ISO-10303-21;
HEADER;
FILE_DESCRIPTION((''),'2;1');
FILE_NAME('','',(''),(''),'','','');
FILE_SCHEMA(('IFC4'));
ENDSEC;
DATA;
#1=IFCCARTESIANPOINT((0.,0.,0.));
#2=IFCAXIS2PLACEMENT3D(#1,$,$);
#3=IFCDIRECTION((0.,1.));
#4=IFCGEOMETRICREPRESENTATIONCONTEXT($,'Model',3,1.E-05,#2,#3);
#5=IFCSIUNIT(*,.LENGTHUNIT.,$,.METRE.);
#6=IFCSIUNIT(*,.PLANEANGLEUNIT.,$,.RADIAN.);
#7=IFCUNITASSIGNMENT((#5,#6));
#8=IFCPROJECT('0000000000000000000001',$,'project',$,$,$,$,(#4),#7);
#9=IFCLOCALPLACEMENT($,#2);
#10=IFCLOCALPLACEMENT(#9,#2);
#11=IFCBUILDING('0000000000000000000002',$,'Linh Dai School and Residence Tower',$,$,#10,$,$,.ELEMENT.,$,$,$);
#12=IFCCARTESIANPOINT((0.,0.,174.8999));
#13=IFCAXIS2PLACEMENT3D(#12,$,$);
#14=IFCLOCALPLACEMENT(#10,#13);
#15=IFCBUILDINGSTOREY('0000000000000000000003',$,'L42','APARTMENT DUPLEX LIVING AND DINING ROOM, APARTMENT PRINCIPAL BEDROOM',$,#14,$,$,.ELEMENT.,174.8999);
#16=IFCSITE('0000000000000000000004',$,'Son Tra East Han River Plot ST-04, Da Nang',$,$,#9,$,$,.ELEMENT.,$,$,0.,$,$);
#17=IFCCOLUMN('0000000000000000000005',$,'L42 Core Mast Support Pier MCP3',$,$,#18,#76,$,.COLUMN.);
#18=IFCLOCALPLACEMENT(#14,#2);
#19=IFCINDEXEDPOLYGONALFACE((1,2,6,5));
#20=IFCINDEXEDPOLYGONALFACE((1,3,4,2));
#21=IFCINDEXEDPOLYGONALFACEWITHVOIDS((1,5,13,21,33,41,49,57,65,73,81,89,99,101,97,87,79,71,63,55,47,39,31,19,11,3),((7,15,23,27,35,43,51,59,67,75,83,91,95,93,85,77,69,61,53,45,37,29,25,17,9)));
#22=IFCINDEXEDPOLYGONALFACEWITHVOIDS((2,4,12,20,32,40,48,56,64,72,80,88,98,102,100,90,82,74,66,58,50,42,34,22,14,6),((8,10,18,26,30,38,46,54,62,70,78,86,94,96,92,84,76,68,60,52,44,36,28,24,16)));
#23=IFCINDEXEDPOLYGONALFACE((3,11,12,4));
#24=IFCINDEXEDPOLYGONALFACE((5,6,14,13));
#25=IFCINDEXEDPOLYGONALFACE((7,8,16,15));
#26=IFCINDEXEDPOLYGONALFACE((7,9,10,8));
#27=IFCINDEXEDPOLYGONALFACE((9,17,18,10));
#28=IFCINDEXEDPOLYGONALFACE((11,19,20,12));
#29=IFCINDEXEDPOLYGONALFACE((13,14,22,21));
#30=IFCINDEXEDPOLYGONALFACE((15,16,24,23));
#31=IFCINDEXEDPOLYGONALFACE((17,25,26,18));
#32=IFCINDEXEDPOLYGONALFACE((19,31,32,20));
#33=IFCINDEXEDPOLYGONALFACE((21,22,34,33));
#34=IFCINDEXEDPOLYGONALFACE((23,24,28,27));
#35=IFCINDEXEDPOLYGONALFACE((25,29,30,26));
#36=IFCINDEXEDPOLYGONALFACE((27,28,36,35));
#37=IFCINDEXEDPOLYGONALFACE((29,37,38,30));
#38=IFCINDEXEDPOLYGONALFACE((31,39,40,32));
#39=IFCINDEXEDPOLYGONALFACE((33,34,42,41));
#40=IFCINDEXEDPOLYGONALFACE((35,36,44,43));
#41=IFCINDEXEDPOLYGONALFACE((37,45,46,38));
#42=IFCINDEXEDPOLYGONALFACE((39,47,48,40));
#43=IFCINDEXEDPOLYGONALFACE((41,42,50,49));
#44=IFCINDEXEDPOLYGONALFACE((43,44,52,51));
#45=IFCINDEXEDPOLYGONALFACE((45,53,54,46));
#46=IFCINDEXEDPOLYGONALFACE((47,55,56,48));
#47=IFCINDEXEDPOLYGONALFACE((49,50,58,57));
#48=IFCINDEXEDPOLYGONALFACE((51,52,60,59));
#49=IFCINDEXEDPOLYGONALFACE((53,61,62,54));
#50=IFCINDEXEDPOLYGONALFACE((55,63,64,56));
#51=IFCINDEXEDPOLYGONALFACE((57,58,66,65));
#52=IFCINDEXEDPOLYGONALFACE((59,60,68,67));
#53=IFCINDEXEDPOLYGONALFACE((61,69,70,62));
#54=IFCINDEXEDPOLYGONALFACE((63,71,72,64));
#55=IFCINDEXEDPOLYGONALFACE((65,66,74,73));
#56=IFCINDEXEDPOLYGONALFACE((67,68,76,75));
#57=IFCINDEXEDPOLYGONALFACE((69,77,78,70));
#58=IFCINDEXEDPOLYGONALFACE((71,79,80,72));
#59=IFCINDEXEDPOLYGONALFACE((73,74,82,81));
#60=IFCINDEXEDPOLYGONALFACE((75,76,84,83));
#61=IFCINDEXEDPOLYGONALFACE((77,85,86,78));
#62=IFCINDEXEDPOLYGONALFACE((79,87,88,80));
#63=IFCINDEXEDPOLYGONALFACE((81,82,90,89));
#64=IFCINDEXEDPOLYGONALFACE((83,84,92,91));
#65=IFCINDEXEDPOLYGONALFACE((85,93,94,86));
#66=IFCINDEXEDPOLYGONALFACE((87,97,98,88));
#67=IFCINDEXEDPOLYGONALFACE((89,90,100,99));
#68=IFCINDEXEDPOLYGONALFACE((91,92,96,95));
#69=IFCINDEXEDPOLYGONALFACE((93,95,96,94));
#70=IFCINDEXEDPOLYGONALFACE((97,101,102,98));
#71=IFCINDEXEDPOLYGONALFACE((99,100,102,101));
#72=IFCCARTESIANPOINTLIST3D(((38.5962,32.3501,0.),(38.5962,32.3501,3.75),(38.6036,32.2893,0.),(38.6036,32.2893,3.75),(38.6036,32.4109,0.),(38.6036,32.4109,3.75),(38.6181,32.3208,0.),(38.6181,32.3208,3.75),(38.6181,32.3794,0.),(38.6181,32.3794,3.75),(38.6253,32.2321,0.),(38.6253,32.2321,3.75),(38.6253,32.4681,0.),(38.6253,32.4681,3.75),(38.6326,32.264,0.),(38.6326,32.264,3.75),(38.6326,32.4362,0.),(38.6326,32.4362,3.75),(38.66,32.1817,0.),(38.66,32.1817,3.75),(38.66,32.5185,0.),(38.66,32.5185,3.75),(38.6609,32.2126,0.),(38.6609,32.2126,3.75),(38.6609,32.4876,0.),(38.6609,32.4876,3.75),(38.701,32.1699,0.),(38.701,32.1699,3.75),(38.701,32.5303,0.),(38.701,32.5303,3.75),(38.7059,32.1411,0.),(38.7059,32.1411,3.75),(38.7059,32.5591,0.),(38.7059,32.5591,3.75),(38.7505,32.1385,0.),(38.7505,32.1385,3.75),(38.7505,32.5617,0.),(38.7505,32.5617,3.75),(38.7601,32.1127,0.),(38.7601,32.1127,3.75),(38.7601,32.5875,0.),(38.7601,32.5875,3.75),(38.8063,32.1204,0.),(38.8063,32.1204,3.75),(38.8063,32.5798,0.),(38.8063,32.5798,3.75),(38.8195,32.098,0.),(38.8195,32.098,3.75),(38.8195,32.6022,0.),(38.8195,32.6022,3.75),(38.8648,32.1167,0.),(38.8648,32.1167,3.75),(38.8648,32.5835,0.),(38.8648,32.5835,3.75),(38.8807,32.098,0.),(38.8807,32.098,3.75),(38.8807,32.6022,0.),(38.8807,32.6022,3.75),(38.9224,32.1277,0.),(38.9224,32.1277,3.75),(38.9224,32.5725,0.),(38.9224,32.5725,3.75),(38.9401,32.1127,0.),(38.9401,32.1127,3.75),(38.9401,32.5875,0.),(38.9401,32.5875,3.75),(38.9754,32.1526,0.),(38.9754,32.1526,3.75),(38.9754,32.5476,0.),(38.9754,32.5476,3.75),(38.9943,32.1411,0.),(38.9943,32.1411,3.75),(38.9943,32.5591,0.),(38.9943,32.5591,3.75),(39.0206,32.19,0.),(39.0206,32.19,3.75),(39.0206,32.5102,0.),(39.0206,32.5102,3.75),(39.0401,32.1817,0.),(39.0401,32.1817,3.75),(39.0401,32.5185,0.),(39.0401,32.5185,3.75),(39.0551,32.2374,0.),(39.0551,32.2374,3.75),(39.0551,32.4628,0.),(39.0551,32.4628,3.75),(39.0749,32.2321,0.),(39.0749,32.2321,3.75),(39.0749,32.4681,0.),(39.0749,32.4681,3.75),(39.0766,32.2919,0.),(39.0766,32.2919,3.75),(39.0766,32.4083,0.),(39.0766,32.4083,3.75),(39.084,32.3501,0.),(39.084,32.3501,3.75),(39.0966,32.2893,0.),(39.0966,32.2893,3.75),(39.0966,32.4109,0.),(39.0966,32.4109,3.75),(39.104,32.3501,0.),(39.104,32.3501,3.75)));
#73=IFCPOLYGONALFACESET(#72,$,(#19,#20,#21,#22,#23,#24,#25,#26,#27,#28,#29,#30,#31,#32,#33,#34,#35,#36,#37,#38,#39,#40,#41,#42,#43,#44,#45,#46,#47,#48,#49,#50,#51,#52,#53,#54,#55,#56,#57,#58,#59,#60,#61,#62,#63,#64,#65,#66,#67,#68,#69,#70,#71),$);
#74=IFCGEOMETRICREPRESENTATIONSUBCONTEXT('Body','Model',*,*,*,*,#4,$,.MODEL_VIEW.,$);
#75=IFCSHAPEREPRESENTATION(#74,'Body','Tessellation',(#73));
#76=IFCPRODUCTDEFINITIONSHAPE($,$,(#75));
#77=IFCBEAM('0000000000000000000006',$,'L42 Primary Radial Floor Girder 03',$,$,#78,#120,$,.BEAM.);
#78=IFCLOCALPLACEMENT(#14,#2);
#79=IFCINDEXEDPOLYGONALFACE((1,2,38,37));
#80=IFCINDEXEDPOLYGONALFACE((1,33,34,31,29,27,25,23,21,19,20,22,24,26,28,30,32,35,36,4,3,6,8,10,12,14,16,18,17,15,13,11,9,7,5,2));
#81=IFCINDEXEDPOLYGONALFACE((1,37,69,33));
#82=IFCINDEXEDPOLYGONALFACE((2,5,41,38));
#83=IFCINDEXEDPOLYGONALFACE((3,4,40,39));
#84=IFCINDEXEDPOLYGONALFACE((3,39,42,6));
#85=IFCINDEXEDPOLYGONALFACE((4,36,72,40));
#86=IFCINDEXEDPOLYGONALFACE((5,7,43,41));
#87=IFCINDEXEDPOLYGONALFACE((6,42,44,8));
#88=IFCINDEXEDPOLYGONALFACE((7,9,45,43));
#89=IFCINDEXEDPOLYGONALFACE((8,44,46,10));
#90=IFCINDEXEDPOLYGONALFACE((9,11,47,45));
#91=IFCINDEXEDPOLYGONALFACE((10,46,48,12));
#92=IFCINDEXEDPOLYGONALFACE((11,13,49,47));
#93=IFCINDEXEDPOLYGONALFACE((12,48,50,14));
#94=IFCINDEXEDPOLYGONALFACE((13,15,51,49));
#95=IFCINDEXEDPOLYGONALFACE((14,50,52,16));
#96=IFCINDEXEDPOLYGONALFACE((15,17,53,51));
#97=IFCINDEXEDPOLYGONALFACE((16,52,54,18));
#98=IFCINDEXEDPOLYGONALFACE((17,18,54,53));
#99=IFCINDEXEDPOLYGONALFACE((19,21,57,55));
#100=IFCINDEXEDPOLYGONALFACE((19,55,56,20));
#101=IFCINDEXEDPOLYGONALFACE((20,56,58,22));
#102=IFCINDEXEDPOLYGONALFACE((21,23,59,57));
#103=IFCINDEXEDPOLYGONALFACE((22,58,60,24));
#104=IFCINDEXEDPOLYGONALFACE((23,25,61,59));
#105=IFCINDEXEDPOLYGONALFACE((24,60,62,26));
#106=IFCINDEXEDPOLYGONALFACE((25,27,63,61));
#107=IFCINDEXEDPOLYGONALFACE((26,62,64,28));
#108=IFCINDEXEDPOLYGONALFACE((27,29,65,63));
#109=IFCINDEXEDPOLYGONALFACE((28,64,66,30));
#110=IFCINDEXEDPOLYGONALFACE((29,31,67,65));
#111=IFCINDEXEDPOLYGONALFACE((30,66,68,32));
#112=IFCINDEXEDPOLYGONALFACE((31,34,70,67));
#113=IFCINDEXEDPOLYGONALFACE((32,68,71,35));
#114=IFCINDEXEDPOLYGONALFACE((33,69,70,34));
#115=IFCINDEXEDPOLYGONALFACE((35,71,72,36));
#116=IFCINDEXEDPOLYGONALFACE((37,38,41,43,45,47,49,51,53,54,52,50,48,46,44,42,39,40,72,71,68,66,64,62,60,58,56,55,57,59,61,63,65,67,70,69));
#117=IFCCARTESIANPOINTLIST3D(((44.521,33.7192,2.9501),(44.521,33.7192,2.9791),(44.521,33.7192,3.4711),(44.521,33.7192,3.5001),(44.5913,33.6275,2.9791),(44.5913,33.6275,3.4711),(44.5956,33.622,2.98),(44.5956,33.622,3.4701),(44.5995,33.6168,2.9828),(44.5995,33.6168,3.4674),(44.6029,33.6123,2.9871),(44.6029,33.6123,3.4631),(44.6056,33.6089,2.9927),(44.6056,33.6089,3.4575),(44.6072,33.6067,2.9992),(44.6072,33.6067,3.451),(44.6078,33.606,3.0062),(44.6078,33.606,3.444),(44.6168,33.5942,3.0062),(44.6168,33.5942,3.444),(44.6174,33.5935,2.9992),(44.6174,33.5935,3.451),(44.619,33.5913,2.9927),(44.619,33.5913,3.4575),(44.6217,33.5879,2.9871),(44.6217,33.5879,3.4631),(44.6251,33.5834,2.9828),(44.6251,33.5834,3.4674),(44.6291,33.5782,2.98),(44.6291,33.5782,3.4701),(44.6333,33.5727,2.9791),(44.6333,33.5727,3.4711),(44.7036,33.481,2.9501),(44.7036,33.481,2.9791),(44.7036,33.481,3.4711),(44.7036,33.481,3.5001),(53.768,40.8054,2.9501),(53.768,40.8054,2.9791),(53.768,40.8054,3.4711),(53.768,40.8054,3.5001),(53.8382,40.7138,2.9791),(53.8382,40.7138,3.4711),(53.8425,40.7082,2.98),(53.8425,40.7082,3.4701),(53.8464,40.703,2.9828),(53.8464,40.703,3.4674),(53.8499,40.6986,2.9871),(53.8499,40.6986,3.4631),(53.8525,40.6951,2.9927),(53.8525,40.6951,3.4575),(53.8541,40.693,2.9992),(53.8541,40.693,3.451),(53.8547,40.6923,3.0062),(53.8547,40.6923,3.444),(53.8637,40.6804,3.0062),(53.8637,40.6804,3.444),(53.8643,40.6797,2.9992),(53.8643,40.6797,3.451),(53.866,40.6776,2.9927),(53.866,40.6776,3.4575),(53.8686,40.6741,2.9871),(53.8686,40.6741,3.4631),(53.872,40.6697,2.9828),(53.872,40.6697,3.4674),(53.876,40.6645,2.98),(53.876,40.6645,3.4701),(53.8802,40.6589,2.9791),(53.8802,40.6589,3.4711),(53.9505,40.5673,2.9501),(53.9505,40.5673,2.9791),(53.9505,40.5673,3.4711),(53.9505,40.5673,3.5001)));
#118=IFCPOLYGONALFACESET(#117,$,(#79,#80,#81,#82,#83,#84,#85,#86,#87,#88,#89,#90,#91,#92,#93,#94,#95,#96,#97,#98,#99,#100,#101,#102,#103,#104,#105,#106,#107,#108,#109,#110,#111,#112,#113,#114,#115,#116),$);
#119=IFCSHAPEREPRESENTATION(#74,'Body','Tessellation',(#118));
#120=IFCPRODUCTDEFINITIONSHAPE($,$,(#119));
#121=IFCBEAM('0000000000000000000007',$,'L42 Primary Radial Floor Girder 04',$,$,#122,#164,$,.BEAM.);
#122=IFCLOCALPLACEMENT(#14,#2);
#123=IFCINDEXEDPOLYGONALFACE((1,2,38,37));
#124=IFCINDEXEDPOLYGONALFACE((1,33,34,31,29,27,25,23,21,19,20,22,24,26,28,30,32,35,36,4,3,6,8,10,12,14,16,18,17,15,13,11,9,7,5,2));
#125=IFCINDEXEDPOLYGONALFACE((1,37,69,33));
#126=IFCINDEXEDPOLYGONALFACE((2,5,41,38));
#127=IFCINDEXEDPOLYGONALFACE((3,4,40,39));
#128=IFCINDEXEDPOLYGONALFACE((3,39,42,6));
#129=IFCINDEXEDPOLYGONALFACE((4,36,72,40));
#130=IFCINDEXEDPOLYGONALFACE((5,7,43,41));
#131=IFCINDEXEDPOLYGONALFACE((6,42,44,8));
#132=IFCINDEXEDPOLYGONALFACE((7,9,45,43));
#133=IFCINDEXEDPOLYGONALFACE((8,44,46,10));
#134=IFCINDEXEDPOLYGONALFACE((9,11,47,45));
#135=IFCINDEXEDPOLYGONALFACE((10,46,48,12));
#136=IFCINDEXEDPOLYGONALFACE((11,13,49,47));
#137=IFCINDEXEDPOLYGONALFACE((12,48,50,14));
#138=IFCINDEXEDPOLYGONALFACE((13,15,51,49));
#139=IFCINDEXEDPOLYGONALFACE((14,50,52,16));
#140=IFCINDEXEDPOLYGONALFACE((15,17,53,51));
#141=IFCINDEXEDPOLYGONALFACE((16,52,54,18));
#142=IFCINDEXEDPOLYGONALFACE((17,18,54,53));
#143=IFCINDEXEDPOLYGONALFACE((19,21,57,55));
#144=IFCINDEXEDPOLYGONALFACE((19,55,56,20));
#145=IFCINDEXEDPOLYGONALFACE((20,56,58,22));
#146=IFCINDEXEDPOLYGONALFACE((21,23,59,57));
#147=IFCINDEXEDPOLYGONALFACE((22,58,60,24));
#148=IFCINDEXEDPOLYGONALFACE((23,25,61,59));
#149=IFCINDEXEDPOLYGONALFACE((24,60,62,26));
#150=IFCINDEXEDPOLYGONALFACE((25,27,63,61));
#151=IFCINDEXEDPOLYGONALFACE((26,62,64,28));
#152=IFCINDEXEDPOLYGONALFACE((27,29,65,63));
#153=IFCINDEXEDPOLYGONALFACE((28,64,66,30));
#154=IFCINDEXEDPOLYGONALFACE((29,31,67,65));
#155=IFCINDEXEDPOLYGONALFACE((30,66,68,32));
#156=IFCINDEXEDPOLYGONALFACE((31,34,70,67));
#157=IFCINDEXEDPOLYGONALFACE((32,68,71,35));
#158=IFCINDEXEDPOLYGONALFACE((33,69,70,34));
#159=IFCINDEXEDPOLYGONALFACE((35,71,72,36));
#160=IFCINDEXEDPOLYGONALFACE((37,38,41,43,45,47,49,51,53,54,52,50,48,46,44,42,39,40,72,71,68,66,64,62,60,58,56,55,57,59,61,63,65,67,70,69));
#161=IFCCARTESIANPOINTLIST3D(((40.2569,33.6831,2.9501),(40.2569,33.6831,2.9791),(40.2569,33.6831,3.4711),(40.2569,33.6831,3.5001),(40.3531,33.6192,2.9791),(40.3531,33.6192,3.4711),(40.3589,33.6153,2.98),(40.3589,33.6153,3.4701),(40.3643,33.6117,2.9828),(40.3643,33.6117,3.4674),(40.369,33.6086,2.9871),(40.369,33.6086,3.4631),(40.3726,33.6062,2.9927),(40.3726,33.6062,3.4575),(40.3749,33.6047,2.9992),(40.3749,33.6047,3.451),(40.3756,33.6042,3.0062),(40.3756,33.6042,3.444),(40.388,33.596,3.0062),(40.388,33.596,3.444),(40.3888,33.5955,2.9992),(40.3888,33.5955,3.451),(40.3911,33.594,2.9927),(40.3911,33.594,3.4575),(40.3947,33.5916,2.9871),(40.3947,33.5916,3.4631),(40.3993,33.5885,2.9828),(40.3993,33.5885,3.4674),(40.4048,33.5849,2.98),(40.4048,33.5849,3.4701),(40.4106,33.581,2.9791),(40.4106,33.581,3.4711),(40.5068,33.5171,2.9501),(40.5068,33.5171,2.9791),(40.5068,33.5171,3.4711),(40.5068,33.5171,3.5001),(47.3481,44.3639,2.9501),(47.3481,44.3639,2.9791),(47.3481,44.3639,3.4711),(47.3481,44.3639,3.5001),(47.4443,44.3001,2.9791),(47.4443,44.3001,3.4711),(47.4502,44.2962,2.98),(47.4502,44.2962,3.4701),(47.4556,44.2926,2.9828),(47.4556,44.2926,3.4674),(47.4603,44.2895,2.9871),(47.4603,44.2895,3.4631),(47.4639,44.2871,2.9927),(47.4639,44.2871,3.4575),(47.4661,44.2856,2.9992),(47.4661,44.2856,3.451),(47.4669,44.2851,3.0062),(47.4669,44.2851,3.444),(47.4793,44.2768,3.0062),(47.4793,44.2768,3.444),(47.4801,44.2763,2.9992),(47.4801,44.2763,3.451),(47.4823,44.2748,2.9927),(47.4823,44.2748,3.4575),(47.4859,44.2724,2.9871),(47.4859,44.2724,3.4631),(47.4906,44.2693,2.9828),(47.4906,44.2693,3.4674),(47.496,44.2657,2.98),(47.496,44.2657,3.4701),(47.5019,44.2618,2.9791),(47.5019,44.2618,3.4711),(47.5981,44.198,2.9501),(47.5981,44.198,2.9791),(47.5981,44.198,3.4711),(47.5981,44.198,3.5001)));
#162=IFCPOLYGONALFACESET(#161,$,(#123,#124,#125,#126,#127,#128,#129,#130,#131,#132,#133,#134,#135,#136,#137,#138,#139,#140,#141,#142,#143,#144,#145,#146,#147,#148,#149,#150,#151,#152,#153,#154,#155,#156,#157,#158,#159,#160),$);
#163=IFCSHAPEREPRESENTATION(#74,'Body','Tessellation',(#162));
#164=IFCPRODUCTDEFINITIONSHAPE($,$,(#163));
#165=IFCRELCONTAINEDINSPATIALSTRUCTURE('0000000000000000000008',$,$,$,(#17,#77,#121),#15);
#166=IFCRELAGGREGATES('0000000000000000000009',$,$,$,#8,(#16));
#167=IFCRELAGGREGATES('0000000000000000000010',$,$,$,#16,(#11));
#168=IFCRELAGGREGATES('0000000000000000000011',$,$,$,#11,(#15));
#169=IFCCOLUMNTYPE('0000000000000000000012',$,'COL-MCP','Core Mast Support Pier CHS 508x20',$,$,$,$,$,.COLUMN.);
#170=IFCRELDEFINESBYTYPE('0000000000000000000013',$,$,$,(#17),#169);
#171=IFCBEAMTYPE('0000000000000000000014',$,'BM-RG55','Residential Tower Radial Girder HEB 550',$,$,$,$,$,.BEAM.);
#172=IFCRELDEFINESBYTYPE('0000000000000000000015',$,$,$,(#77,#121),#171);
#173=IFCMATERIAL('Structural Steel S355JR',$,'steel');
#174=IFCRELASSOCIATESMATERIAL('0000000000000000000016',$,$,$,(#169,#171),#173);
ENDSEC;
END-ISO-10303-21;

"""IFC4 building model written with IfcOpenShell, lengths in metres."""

from ifc_helpers import new_model, si_unit, direction, frame, origin, origin_2d, place, context, subcontext, project, spatial, hollow_circle, i_section, extrude, material, material_profile, profile_set, type_object, element, save


model = new_model("IFC4")

# Units and contexts
model_context = context("Model", 3, precision=1e-05, world=origin(), true_north=direction((0.0, 1.0)))
body_context = subcontext(model_context, "Body", "Model", "MODEL_VIEW")
ifc_project = project(units=[si_unit("LENGTHUNIT", "METRE"), si_unit("PLANEANGLEUNIT", "RADIAN")], contexts=[model_context])

# Site, building, storey
site_placement = place(None, origin())
site = spatial("IfcSite", under=ifc_project, at=site_placement, Name="Son Tra East Han River Plot ST-04, Da Nang", CompositionType="ELEMENT", RefElevation=0.0)
building_placement = place(site_placement, origin())
building = spatial("IfcBuilding", under=site, at=building_placement, Name="Linh Dai School and Residence Tower", CompositionType="ELEMENT")
storey_placement = place(building_placement, frame((0.0, 0.0, 174.8999)))
storey = spatial("IfcBuildingStorey", under=building, at=storey_placement, Name="L42", Description="APARTMENT DUPLEX LIVING AND DINING ROOM, APARTMENT PRINCIPAL BEDROOM", CompositionType="ELEMENT", Elevation=174.8999)

# Column
ifc_material_1 = material(Name="Structural Steel S355JR", Category="steel")
ifc_material_profile_1 = material_profile(ifc_material_1, hollow_circle(Radius=0.2539, WallThickness=0.02, at=origin_2d()), Name="CHS 508x20")
ifc_profile_set_1 = profile_set([ifc_material_profile_1], Name="Structural Steel S355JR")
column_type_1 = type_object("IfcColumnType", Name="COL-MCP", Description="Core Mast Support Pier CHS 508x20", PredefinedType="COLUMN", material=ifc_profile_set_1)
column_placement = place(storey_placement, frame((38.8501, 32.3501, 0.0), z_axis=(0.0, 0.0, 1.0), x_axis=(1.0, 0.0, 0.0)))
element("IfcColumn", 1, at=column_placement, inside=storey, type_object=column_type_1, Name="L42 Core Mast Support Pier MCP3", PredefinedType="COLUMN", context=body_context, shape_type="SweptSolid", body=[
    extrude(hollow_circle(Radius=0.2539, WallThickness=0.02, at=origin_2d()), origin(), (0.0, 0.0, 1.0), 3.75),
])

# Beams
ifc_material_profile_2 = material_profile(ifc_material_1, i_section(OverallWidth=0.3, OverallDepth=0.55, WebThickness=0.0149, FlangeThickness=0.0291, FilletRadius=0.0271, at=origin_2d()), Name="HEB 550")
ifc_profile_set_2 = profile_set([ifc_material_profile_2], Name="Structural Steel S355JR")
beam_type_1 = type_object("IfcBeamType", Name="BM-RG55", Description="Residential Tower Radial Girder HEB 550", PredefinedType="BEAM", material=ifc_profile_set_2)
beam_1_placement = place(storey_placement, frame((44.6123, 33.6001, 3.2251), z_axis=(0.793733, 0.608267, 0.0), x_axis=(-0.608267, 0.793733, 0.0)))
element("IfcBeam", 2, at=beam_1_placement, inside=storey, type_object=beam_type_1, Name="L42 Primary Radial Floor Girder 03", PredefinedType="BEAM", context=body_context, shape_type="SweptSolid", body=[
    extrude(i_section(OverallWidth=0.3, OverallDepth=0.55, WebThickness=0.0149, FlangeThickness=0.0291, FilletRadius=0.0271, at=origin_2d()), origin(), (0.0, 0.0, 1.0), 11.6499),
])
beam_2_placement = place(storey_placement, frame((40.3818, 33.6001, 3.2251), z_axis=(0.553117, 0.833103, 0.0), x_axis=(-0.833103, 0.553117, 0.0)))
element("IfcBeam", 3, at=beam_2_placement, inside=storey, type_object=beam_type_1, Name="L42 Primary Radial Floor Girder 04", PredefinedType="BEAM", context=body_context, shape_type="SweptSolid", body=[
    extrude(i_section(OverallWidth=0.3, OverallDepth=0.55, WebThickness=0.0149, FlangeThickness=0.0291, FilletRadius=0.0271, at=origin_2d()), origin(), (0.0, 0.0, 1.0), 12.8206),
])

save(model, "model.ifc")
